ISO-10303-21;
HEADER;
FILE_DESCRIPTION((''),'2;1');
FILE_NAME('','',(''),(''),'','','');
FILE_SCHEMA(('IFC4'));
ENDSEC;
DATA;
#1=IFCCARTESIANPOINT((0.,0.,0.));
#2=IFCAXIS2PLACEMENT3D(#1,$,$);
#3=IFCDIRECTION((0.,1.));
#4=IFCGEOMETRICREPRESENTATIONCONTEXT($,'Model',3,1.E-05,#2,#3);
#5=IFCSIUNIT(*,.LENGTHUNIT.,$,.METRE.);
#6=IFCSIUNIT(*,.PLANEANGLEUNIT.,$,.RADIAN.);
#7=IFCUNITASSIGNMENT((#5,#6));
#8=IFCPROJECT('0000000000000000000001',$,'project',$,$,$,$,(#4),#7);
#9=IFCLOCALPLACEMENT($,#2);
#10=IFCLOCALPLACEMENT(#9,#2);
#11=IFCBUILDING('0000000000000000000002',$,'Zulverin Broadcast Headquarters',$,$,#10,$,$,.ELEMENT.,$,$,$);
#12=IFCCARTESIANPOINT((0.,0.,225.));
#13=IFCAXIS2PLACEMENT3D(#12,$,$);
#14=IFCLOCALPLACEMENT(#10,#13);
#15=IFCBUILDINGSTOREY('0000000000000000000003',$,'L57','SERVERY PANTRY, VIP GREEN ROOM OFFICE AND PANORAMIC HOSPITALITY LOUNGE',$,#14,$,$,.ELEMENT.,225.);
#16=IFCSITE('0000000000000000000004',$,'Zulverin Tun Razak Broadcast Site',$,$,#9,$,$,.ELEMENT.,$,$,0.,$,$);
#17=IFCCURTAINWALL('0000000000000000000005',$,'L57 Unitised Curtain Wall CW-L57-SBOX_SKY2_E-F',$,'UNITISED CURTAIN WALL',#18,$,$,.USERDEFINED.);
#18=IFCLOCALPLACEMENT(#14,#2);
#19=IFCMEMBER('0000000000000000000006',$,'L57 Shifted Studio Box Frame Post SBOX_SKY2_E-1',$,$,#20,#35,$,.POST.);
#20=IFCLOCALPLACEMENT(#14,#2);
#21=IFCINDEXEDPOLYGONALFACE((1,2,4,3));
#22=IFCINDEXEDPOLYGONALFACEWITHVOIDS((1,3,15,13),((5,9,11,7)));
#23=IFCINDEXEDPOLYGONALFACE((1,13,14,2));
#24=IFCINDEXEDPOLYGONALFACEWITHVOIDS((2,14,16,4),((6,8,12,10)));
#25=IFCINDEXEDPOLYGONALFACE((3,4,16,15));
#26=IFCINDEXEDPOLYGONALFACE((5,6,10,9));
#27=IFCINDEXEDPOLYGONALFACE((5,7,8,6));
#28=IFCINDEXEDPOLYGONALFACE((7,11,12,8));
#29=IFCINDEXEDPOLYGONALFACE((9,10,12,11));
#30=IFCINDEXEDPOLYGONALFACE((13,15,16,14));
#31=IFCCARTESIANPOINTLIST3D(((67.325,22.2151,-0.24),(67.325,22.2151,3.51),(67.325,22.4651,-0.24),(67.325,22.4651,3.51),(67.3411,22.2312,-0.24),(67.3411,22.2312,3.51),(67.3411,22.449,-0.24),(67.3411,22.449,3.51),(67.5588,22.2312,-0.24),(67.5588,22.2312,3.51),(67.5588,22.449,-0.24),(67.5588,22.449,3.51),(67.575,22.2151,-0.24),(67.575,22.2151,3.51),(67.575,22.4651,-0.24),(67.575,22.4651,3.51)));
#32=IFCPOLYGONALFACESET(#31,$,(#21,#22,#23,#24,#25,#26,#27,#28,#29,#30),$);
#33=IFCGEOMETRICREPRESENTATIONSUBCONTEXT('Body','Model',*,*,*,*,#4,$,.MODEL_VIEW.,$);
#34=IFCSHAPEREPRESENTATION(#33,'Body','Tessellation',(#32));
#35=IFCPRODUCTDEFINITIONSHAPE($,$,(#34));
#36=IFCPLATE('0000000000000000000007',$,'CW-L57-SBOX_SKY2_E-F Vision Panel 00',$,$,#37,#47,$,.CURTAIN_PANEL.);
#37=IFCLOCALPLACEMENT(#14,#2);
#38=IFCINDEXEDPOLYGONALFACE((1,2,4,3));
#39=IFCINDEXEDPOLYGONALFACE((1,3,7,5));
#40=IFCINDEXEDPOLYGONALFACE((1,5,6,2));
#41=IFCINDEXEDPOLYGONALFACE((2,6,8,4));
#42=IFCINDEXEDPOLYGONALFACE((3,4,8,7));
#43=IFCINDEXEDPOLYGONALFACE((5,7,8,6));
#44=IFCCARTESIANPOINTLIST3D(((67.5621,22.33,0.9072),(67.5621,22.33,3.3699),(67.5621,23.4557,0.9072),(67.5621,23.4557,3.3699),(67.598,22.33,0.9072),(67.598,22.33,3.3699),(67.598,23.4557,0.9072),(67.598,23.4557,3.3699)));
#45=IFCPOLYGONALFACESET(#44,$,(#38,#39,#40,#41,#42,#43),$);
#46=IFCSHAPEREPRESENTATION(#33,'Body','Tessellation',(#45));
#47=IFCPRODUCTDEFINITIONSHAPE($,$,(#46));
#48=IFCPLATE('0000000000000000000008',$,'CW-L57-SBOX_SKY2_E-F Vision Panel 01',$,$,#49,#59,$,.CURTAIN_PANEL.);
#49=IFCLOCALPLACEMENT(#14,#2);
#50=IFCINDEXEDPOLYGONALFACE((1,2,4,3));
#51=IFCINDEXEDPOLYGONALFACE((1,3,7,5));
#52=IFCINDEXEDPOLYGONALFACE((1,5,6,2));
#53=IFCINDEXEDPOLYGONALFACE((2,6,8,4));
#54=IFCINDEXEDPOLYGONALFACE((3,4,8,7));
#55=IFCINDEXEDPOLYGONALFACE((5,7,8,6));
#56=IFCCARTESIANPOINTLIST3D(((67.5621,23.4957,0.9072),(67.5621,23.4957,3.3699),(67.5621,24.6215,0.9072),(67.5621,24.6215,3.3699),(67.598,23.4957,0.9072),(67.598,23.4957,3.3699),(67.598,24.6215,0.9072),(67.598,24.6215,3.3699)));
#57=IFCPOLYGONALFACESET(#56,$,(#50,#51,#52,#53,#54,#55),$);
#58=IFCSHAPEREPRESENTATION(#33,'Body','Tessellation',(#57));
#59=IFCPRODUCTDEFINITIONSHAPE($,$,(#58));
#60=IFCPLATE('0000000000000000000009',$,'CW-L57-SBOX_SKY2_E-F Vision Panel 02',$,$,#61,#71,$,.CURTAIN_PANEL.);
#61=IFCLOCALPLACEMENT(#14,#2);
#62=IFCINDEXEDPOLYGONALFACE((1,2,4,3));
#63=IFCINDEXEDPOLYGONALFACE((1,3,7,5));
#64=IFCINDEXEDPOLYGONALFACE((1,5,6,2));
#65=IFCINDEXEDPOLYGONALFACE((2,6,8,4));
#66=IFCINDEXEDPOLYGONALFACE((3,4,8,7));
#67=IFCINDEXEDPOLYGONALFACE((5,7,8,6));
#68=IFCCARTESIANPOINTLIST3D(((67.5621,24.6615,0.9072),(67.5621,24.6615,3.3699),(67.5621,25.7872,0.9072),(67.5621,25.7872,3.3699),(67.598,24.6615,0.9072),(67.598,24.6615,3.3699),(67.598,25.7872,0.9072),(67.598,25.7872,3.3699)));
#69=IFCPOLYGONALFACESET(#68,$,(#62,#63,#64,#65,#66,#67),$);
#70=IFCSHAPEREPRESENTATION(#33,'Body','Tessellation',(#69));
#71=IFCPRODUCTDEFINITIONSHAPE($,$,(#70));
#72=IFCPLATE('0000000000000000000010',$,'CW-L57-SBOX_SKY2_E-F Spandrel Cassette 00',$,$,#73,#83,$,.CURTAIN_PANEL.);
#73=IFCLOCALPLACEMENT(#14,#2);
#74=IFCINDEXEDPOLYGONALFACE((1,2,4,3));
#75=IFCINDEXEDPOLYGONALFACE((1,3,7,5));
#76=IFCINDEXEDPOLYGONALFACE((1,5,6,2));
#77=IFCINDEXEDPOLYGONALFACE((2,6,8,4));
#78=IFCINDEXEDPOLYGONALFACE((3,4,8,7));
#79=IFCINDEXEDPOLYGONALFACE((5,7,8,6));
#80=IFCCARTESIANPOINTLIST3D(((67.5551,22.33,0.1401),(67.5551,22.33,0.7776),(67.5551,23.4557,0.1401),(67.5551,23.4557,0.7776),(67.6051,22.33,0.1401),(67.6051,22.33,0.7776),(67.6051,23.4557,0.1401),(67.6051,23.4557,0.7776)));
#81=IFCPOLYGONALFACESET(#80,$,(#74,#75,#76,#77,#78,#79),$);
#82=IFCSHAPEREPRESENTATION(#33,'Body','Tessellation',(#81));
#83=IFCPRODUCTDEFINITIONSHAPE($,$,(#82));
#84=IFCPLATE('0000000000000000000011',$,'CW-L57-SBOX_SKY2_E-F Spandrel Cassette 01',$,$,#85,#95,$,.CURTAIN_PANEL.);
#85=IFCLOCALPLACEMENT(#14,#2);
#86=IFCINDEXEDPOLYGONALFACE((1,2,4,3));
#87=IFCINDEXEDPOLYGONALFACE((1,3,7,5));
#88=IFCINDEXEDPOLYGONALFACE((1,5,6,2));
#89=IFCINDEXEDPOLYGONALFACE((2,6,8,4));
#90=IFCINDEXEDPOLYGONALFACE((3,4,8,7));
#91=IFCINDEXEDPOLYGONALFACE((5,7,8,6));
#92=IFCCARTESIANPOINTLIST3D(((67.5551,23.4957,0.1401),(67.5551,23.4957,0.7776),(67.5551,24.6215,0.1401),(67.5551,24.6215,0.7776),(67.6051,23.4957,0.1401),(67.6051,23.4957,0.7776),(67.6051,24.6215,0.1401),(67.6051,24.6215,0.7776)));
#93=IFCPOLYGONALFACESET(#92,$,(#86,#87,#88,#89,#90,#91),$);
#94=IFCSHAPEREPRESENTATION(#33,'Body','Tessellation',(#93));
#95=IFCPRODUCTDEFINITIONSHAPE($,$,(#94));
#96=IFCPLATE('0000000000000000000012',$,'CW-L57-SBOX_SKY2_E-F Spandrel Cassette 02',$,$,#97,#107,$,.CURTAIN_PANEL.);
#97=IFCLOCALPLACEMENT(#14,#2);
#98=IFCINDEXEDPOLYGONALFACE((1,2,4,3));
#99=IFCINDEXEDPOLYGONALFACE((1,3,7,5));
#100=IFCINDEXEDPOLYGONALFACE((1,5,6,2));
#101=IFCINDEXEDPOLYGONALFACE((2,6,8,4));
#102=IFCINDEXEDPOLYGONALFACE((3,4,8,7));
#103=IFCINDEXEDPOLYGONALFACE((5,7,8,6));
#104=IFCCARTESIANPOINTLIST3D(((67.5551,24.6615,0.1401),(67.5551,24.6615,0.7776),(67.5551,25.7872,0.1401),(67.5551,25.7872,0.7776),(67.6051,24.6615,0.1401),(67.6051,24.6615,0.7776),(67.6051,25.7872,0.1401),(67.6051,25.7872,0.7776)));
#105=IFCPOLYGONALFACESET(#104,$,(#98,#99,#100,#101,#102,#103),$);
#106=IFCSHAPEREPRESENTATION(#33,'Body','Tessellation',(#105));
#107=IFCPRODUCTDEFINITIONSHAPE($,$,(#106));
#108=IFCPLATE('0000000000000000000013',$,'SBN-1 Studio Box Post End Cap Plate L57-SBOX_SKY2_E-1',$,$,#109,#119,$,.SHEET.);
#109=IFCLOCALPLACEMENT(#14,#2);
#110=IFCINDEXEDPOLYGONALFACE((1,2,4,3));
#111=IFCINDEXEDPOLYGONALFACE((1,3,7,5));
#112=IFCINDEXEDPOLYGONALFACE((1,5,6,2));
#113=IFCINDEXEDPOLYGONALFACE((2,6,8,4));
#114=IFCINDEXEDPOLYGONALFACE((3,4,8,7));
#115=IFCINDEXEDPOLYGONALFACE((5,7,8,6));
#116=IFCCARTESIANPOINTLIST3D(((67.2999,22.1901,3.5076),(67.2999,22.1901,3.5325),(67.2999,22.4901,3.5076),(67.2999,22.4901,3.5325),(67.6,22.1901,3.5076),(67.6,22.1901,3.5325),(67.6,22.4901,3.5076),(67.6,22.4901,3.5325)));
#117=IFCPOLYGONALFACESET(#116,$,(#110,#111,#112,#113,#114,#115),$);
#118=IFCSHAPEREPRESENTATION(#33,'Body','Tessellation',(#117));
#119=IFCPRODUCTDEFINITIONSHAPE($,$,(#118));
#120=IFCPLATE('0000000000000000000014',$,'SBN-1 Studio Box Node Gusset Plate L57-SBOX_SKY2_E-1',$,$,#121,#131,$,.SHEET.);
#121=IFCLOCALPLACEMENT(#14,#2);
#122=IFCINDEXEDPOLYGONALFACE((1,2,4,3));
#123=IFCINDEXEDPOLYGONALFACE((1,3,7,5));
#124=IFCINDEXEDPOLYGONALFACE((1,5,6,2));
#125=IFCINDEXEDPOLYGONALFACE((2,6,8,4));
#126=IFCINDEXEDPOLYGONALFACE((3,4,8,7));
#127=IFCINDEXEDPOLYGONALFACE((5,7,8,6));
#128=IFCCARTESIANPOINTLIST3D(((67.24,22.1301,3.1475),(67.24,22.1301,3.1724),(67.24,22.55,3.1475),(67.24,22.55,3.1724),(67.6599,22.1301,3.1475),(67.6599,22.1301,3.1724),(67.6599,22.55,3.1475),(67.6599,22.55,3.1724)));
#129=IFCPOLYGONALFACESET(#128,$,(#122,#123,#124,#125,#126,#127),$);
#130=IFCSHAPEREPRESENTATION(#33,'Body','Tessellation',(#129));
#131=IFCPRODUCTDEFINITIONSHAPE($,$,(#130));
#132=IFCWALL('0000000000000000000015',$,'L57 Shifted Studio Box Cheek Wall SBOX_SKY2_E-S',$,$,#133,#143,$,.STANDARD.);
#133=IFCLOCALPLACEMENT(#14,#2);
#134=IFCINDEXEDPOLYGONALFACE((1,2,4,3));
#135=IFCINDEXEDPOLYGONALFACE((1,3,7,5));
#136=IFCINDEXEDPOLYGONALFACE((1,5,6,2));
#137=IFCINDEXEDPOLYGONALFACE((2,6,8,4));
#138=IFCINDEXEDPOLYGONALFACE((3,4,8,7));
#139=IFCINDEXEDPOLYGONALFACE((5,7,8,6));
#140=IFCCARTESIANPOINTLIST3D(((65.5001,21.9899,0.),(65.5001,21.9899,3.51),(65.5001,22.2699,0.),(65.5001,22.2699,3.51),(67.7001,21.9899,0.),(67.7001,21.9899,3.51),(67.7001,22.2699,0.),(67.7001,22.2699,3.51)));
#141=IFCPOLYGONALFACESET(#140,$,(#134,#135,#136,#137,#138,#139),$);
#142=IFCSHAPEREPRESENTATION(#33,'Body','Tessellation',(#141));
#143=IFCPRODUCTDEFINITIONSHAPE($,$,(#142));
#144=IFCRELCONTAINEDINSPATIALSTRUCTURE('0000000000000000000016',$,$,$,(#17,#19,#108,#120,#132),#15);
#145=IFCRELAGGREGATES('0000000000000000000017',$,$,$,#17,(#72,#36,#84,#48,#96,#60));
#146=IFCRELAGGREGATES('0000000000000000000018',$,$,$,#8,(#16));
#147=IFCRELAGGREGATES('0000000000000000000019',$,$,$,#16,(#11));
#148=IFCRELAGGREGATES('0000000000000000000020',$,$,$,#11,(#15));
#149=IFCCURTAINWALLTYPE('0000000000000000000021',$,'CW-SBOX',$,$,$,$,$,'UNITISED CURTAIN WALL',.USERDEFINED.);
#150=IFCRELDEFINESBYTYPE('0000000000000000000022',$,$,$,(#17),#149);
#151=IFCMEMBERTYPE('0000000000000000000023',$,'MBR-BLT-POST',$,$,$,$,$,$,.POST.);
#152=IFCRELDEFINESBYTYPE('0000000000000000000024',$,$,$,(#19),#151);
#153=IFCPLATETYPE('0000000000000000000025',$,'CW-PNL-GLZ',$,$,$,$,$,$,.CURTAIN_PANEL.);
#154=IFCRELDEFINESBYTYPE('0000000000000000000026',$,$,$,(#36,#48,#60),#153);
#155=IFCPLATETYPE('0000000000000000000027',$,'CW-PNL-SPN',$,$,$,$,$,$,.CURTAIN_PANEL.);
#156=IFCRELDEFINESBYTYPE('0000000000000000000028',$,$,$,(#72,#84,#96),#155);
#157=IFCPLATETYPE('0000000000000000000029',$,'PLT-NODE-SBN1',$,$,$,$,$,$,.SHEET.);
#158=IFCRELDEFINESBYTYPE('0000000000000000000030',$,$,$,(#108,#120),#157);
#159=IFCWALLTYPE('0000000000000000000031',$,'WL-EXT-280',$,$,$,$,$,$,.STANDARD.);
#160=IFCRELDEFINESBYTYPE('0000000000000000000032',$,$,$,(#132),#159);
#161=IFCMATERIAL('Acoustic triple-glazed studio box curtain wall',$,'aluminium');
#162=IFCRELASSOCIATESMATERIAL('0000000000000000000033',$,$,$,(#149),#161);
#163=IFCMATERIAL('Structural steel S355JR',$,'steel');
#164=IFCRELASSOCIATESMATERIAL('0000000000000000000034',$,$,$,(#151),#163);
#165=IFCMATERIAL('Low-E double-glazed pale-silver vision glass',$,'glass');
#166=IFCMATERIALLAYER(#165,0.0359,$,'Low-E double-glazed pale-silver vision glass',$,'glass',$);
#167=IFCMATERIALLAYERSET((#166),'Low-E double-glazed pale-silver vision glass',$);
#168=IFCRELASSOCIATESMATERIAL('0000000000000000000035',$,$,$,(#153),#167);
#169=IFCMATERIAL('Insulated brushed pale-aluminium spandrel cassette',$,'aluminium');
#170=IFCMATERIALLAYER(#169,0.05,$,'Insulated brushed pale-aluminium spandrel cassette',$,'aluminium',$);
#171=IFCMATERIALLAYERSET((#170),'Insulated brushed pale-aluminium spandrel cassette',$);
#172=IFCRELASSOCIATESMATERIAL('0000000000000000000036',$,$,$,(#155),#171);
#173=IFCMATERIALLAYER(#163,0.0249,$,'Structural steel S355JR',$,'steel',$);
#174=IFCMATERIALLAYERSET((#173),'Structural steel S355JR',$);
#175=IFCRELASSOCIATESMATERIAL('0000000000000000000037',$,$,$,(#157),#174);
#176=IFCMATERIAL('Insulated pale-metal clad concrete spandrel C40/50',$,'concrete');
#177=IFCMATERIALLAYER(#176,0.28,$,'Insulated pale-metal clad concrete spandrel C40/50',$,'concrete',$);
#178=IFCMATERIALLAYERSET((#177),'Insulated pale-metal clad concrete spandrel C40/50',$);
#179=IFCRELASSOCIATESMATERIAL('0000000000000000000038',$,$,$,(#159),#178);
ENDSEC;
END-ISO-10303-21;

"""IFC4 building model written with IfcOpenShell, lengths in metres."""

from ifc_helpers import new_model, si_unit, direction, frame, frame_2d, origin, origin_2d, place, context, subcontext, project, spatial, rectangle, hollow_rectangle, extrude, material, layer, layer_set, material_profile, profile_set, type_object, element, aggregate, save


model = new_model("IFC4")

# Units and contexts
model_context = context("Model", 3, precision=1e-05, world=origin(), true_north=direction((0.0, 1.0)))
body_context = subcontext(model_context, "Body", "Model", "MODEL_VIEW")
ifc_project = project(units=[si_unit("LENGTHUNIT", "METRE"), si_unit("PLANEANGLEUNIT", "RADIAN")], contexts=[model_context])

# Site, building, storey
site_placement = place(None, origin())
site = spatial("IfcSite", under=ifc_project, at=site_placement, Name="Zulverin Tun Razak Broadcast Site", CompositionType="ELEMENT", RefElevation=0.0)
building_placement = place(site_placement, origin())
building = spatial("IfcBuilding", under=site, at=building_placement, Name="Zulverin Broadcast Headquarters", CompositionType="ELEMENT")
storey_placement = place(building_placement, frame((0.0, 0.0, 225.0)))
storey = spatial("IfcBuildingStorey", under=building, at=storey_placement, Name="L57", Description="SERVERY PANTRY, VIP GREEN ROOM OFFICE AND PANORAMIC HOSPITALITY LOUNGE", CompositionType="ELEMENT", Elevation=225.0)

# Shared definitions
ifc_material_1 = material(Name="Structural steel S355JR", Category="steel")

# Curtain wall
ifc_material_2 = material(Name="Acoustic triple-glazed studio box curtain wall", Category="aluminium")
curtain_wall_type = type_object("IfcCurtainWallType", Name="CW-SBOX", ElementType="UNITISED CURTAIN WALL", PredefinedType="USERDEFINED", material=ifc_material_2)
curtain_wall_placement = place(storey_placement, origin())
curtain_wall = element("IfcCurtainWall", 1, at=curtain_wall_placement, inside=storey, type_object=curtain_wall_type, Name="L57 Unitised Curtain Wall CW-L57-SBOX_SKY2_E-F", ObjectType="UNITISED CURTAIN WALL", PredefinedType="USERDEFINED")

# Member
ifc_material_profile_1 = material_profile(ifc_material_1, hollow_rectangle(XDim=0.25, YDim=0.25, WallThickness=0.0161, at=origin_2d()), Name="Structural steel S355JR", Category="steel")
ifc_profile_set_1 = profile_set([ifc_material_profile_1], Name="Structural steel S355JR")
member_type_1 = type_object("IfcMemberType", Name="MBR-BLT-POST", PredefinedType="POST", material=ifc_profile_set_1)
member_1_placement = place(storey_placement, frame((67.45, 22.3401, -0.24), z_axis=(0.0, 0.0, 1.0), x_axis=(1.0, 0.0, 0.0)))
element("IfcMember", 2, at=member_1_placement, inside=storey, type_object=member_type_1, Name="L57 Shifted Studio Box Frame Post SBOX_SKY2_E-1", PredefinedType="POST", context=body_context, shape_type="SweptSolid", body=[
    extrude(hollow_rectangle(XDim=0.25, YDim=0.25, WallThickness=0.0161, at=origin_2d()), origin(), (0.0, 0.0, 1.0), 3.75),
])

# Plates
ifc_material_3 = material(Name="Low-E double-glazed pale-silver vision glass", Category="glass")
ifc_layer_1 = layer(ifc_material_3, 0.0359, Name="Low-E double-glazed pale-silver vision glass", Category="glass")
ifc_layer_set_1 = layer_set([ifc_layer_1], Name="Low-E double-glazed pale-silver vision glass")
plate_type_1 = type_object("IfcPlateType", Name="CW-PNL-GLZ", PredefinedType="CURTAIN_PANEL", material=ifc_layer_set_1)
plate_1_placement = place(storey_placement, frame((67.5801, 22.8928, 0.9072), z_axis=(0.0, 0.0, 1.0), x_axis=(0.0, 1.0, 0.0)))
plate_1 = element("IfcPlate", 3, at=plate_1_placement, type_object=plate_type_1, Name="CW-L57-SBOX_SKY2_E-F Vision Panel 00", PredefinedType="CURTAIN_PANEL", context=body_context, shape_type="SweptSolid", body=[
    extrude(rectangle(XDim=1.1257, YDim=0.0359, at=origin_2d()), origin(), (0.0, 0.0, 1.0), 2.4626),
])
plate_2_placement = place(storey_placement, frame((67.5801, 24.0586, 0.9072), z_axis=(0.0, 0.0, 1.0), x_axis=(0.0, 1.0, 0.0)))
plate_2 = element("IfcPlate", 4, at=plate_2_placement, type_object=plate_type_1, Name="CW-L57-SBOX_SKY2_E-F Vision Panel 01", PredefinedType="CURTAIN_PANEL", context=body_context, shape_type="SweptSolid", body=[
    extrude(rectangle(XDim=1.1257, YDim=0.0359, at=origin_2d()), origin(), (0.0, 0.0, 1.0), 2.4626),
])
plate_3_placement = place(storey_placement, frame((67.5801, 25.2244, 0.9072), z_axis=(0.0, 0.0, 1.0), x_axis=(0.0, 1.0, 0.0)))
plate_3 = element("IfcPlate", 5, at=plate_3_placement, type_object=plate_type_1, Name="CW-L57-SBOX_SKY2_E-F Vision Panel 02", PredefinedType="CURTAIN_PANEL", context=body_context, shape_type="SweptSolid", body=[
    extrude(rectangle(XDim=1.1257, YDim=0.0359, at=origin_2d()), origin(), (0.0, 0.0, 1.0), 2.4626),
])
ifc_material_4 = material(Name="Insulated brushed pale-aluminium spandrel cassette", Category="aluminium")
ifc_layer_2 = layer(ifc_material_4, 0.05, Name="Insulated brushed pale-aluminium spandrel cassette", Category="aluminium")
ifc_layer_set_2 = layer_set([ifc_layer_2], Name="Insulated brushed pale-aluminium spandrel cassette")
plate_type_2 = type_object("IfcPlateType", Name="CW-PNL-SPN", PredefinedType="CURTAIN_PANEL", material=ifc_layer_set_2)
plate_4_placement = place(storey_placement, frame((67.5801, 22.8928, 0.1401), z_axis=(0.0, 0.0, 1.0), x_axis=(0.0, 1.0, 0.0)))
plate_4 = element("IfcPlate", 6, at=plate_4_placement, type_object=plate_type_2, Name="CW-L57-SBOX_SKY2_E-F Spandrel Cassette 00", PredefinedType="CURTAIN_PANEL", context=body_context, shape_type="SweptSolid", body=[
    extrude(rectangle(XDim=1.1257, YDim=0.05, at=origin_2d()), origin(), (0.0, 0.0, 1.0), 0.6375),
])
plate_5_placement = place(storey_placement, frame((67.5801, 24.0586, 0.1401), z_axis=(0.0, 0.0, 1.0), x_axis=(0.0, 1.0, 0.0)))
plate_5 = element("IfcPlate", 7, at=plate_5_placement, type_object=plate_type_2, Name="CW-L57-SBOX_SKY2_E-F Spandrel Cassette 01", PredefinedType="CURTAIN_PANEL", context=body_context, shape_type="SweptSolid", body=[
    extrude(rectangle(XDim=1.1257, YDim=0.05, at=origin_2d()), origin(), (0.0, 0.0, 1.0), 0.6375),
])
plate_6_placement = place(storey_placement, frame((67.5801, 25.2244, 0.1401), z_axis=(0.0, 0.0, 1.0), x_axis=(0.0, 1.0, 0.0)))
plate_6 = element("IfcPlate", 8, at=plate_6_placement, type_object=plate_type_2, Name="CW-L57-SBOX_SKY2_E-F Spandrel Cassette 02", PredefinedType="CURTAIN_PANEL", context=body_context, shape_type="SweptSolid", body=[
    extrude(rectangle(XDim=1.1257, YDim=0.05, at=origin_2d()), origin(), (0.0, 0.0, 1.0), 0.6375),
])
aggregate(curtain_wall, [plate_4, plate_1, plate_5, plate_2, plate_6, plate_3])

# Plates
ifc_layer_3 = layer(ifc_material_1, 0.0249, Name="Structural steel S355JR", Category="steel")
ifc_layer_set_3 = layer_set([ifc_layer_3], Name="Structural steel S355JR")
plate_type_3 = type_object("IfcPlateType", Name="PLT-NODE-SBN1", PredefinedType="SHEET", material=ifc_layer_set_3)
plate_7_placement = place(storey_placement, frame((67.45, 22.3401, 3.5076), z_axis=(0.0, 0.0, 1.0), x_axis=(1.0, 0.0, 0.0)))
element("IfcPlate", 9, at=plate_7_placement, inside=storey, type_object=plate_type_3, Name="SBN-1 Studio Box Post End Cap Plate L57-SBOX_SKY2_E-1", PredefinedType="SHEET", context=body_context, shape_type="SweptSolid", body=[
    extrude(rectangle(XDim=0.3, YDim=0.3, at=origin_2d()), origin(), (0.0, 0.0, 1.0), 0.0249),
])
plate_8_placement = place(storey_placement, frame((67.45, 22.3401, 3.1475), z_axis=(0.0, 0.0, 1.0), x_axis=(1.0, 0.0, 0.0)))
element("IfcPlate", 10, at=plate_8_placement, inside=storey, type_object=plate_type_3, Name="SBN-1 Studio Box Node Gusset Plate L57-SBOX_SKY2_E-1", PredefinedType="SHEET", context=body_context, shape_type="SweptSolid", body=[
    extrude(rectangle(XDim=0.4199, YDim=0.4199, at=origin_2d()), origin(), (0.0, 0.0, 1.0), 0.0249),
])

# Wall
ifc_material_5 = material(Name="Insulated pale-metal clad concrete spandrel C40/50", Category="concrete")
ifc_layer_4 = layer(ifc_material_5, 0.28, Name="Insulated pale-metal clad concrete spandrel C40/50", Category="concrete")
ifc_layer_set_4 = layer_set([ifc_layer_4], Name="Insulated pale-metal clad concrete spandrel C40/50")
wall_type_1 = type_object("IfcWallType", Name="WL-EXT-280", PredefinedType="STANDARD", material=ifc_layer_set_4)
wall_1_placement = place(storey_placement, frame((65.5, 22.1299, 0.0), z_axis=(0.0, 0.0, 1.0), x_axis=(1.0, 0.0, 0.0)))
element("IfcWall", 11, at=wall_1_placement, inside=storey, type_object=wall_type_1, Name="L57 Shifted Studio Box Cheek Wall SBOX_SKY2_E-S", PredefinedType="STANDARD", context=body_context, shape_type="SweptSolid", body=[
    extrude(rectangle(XDim=2.2, YDim=0.28, at=frame_2d((1.1001, 0.0))), origin(), (0.0, 0.0, 1.0), 3.51),
])

save(model, "model.ifc")
